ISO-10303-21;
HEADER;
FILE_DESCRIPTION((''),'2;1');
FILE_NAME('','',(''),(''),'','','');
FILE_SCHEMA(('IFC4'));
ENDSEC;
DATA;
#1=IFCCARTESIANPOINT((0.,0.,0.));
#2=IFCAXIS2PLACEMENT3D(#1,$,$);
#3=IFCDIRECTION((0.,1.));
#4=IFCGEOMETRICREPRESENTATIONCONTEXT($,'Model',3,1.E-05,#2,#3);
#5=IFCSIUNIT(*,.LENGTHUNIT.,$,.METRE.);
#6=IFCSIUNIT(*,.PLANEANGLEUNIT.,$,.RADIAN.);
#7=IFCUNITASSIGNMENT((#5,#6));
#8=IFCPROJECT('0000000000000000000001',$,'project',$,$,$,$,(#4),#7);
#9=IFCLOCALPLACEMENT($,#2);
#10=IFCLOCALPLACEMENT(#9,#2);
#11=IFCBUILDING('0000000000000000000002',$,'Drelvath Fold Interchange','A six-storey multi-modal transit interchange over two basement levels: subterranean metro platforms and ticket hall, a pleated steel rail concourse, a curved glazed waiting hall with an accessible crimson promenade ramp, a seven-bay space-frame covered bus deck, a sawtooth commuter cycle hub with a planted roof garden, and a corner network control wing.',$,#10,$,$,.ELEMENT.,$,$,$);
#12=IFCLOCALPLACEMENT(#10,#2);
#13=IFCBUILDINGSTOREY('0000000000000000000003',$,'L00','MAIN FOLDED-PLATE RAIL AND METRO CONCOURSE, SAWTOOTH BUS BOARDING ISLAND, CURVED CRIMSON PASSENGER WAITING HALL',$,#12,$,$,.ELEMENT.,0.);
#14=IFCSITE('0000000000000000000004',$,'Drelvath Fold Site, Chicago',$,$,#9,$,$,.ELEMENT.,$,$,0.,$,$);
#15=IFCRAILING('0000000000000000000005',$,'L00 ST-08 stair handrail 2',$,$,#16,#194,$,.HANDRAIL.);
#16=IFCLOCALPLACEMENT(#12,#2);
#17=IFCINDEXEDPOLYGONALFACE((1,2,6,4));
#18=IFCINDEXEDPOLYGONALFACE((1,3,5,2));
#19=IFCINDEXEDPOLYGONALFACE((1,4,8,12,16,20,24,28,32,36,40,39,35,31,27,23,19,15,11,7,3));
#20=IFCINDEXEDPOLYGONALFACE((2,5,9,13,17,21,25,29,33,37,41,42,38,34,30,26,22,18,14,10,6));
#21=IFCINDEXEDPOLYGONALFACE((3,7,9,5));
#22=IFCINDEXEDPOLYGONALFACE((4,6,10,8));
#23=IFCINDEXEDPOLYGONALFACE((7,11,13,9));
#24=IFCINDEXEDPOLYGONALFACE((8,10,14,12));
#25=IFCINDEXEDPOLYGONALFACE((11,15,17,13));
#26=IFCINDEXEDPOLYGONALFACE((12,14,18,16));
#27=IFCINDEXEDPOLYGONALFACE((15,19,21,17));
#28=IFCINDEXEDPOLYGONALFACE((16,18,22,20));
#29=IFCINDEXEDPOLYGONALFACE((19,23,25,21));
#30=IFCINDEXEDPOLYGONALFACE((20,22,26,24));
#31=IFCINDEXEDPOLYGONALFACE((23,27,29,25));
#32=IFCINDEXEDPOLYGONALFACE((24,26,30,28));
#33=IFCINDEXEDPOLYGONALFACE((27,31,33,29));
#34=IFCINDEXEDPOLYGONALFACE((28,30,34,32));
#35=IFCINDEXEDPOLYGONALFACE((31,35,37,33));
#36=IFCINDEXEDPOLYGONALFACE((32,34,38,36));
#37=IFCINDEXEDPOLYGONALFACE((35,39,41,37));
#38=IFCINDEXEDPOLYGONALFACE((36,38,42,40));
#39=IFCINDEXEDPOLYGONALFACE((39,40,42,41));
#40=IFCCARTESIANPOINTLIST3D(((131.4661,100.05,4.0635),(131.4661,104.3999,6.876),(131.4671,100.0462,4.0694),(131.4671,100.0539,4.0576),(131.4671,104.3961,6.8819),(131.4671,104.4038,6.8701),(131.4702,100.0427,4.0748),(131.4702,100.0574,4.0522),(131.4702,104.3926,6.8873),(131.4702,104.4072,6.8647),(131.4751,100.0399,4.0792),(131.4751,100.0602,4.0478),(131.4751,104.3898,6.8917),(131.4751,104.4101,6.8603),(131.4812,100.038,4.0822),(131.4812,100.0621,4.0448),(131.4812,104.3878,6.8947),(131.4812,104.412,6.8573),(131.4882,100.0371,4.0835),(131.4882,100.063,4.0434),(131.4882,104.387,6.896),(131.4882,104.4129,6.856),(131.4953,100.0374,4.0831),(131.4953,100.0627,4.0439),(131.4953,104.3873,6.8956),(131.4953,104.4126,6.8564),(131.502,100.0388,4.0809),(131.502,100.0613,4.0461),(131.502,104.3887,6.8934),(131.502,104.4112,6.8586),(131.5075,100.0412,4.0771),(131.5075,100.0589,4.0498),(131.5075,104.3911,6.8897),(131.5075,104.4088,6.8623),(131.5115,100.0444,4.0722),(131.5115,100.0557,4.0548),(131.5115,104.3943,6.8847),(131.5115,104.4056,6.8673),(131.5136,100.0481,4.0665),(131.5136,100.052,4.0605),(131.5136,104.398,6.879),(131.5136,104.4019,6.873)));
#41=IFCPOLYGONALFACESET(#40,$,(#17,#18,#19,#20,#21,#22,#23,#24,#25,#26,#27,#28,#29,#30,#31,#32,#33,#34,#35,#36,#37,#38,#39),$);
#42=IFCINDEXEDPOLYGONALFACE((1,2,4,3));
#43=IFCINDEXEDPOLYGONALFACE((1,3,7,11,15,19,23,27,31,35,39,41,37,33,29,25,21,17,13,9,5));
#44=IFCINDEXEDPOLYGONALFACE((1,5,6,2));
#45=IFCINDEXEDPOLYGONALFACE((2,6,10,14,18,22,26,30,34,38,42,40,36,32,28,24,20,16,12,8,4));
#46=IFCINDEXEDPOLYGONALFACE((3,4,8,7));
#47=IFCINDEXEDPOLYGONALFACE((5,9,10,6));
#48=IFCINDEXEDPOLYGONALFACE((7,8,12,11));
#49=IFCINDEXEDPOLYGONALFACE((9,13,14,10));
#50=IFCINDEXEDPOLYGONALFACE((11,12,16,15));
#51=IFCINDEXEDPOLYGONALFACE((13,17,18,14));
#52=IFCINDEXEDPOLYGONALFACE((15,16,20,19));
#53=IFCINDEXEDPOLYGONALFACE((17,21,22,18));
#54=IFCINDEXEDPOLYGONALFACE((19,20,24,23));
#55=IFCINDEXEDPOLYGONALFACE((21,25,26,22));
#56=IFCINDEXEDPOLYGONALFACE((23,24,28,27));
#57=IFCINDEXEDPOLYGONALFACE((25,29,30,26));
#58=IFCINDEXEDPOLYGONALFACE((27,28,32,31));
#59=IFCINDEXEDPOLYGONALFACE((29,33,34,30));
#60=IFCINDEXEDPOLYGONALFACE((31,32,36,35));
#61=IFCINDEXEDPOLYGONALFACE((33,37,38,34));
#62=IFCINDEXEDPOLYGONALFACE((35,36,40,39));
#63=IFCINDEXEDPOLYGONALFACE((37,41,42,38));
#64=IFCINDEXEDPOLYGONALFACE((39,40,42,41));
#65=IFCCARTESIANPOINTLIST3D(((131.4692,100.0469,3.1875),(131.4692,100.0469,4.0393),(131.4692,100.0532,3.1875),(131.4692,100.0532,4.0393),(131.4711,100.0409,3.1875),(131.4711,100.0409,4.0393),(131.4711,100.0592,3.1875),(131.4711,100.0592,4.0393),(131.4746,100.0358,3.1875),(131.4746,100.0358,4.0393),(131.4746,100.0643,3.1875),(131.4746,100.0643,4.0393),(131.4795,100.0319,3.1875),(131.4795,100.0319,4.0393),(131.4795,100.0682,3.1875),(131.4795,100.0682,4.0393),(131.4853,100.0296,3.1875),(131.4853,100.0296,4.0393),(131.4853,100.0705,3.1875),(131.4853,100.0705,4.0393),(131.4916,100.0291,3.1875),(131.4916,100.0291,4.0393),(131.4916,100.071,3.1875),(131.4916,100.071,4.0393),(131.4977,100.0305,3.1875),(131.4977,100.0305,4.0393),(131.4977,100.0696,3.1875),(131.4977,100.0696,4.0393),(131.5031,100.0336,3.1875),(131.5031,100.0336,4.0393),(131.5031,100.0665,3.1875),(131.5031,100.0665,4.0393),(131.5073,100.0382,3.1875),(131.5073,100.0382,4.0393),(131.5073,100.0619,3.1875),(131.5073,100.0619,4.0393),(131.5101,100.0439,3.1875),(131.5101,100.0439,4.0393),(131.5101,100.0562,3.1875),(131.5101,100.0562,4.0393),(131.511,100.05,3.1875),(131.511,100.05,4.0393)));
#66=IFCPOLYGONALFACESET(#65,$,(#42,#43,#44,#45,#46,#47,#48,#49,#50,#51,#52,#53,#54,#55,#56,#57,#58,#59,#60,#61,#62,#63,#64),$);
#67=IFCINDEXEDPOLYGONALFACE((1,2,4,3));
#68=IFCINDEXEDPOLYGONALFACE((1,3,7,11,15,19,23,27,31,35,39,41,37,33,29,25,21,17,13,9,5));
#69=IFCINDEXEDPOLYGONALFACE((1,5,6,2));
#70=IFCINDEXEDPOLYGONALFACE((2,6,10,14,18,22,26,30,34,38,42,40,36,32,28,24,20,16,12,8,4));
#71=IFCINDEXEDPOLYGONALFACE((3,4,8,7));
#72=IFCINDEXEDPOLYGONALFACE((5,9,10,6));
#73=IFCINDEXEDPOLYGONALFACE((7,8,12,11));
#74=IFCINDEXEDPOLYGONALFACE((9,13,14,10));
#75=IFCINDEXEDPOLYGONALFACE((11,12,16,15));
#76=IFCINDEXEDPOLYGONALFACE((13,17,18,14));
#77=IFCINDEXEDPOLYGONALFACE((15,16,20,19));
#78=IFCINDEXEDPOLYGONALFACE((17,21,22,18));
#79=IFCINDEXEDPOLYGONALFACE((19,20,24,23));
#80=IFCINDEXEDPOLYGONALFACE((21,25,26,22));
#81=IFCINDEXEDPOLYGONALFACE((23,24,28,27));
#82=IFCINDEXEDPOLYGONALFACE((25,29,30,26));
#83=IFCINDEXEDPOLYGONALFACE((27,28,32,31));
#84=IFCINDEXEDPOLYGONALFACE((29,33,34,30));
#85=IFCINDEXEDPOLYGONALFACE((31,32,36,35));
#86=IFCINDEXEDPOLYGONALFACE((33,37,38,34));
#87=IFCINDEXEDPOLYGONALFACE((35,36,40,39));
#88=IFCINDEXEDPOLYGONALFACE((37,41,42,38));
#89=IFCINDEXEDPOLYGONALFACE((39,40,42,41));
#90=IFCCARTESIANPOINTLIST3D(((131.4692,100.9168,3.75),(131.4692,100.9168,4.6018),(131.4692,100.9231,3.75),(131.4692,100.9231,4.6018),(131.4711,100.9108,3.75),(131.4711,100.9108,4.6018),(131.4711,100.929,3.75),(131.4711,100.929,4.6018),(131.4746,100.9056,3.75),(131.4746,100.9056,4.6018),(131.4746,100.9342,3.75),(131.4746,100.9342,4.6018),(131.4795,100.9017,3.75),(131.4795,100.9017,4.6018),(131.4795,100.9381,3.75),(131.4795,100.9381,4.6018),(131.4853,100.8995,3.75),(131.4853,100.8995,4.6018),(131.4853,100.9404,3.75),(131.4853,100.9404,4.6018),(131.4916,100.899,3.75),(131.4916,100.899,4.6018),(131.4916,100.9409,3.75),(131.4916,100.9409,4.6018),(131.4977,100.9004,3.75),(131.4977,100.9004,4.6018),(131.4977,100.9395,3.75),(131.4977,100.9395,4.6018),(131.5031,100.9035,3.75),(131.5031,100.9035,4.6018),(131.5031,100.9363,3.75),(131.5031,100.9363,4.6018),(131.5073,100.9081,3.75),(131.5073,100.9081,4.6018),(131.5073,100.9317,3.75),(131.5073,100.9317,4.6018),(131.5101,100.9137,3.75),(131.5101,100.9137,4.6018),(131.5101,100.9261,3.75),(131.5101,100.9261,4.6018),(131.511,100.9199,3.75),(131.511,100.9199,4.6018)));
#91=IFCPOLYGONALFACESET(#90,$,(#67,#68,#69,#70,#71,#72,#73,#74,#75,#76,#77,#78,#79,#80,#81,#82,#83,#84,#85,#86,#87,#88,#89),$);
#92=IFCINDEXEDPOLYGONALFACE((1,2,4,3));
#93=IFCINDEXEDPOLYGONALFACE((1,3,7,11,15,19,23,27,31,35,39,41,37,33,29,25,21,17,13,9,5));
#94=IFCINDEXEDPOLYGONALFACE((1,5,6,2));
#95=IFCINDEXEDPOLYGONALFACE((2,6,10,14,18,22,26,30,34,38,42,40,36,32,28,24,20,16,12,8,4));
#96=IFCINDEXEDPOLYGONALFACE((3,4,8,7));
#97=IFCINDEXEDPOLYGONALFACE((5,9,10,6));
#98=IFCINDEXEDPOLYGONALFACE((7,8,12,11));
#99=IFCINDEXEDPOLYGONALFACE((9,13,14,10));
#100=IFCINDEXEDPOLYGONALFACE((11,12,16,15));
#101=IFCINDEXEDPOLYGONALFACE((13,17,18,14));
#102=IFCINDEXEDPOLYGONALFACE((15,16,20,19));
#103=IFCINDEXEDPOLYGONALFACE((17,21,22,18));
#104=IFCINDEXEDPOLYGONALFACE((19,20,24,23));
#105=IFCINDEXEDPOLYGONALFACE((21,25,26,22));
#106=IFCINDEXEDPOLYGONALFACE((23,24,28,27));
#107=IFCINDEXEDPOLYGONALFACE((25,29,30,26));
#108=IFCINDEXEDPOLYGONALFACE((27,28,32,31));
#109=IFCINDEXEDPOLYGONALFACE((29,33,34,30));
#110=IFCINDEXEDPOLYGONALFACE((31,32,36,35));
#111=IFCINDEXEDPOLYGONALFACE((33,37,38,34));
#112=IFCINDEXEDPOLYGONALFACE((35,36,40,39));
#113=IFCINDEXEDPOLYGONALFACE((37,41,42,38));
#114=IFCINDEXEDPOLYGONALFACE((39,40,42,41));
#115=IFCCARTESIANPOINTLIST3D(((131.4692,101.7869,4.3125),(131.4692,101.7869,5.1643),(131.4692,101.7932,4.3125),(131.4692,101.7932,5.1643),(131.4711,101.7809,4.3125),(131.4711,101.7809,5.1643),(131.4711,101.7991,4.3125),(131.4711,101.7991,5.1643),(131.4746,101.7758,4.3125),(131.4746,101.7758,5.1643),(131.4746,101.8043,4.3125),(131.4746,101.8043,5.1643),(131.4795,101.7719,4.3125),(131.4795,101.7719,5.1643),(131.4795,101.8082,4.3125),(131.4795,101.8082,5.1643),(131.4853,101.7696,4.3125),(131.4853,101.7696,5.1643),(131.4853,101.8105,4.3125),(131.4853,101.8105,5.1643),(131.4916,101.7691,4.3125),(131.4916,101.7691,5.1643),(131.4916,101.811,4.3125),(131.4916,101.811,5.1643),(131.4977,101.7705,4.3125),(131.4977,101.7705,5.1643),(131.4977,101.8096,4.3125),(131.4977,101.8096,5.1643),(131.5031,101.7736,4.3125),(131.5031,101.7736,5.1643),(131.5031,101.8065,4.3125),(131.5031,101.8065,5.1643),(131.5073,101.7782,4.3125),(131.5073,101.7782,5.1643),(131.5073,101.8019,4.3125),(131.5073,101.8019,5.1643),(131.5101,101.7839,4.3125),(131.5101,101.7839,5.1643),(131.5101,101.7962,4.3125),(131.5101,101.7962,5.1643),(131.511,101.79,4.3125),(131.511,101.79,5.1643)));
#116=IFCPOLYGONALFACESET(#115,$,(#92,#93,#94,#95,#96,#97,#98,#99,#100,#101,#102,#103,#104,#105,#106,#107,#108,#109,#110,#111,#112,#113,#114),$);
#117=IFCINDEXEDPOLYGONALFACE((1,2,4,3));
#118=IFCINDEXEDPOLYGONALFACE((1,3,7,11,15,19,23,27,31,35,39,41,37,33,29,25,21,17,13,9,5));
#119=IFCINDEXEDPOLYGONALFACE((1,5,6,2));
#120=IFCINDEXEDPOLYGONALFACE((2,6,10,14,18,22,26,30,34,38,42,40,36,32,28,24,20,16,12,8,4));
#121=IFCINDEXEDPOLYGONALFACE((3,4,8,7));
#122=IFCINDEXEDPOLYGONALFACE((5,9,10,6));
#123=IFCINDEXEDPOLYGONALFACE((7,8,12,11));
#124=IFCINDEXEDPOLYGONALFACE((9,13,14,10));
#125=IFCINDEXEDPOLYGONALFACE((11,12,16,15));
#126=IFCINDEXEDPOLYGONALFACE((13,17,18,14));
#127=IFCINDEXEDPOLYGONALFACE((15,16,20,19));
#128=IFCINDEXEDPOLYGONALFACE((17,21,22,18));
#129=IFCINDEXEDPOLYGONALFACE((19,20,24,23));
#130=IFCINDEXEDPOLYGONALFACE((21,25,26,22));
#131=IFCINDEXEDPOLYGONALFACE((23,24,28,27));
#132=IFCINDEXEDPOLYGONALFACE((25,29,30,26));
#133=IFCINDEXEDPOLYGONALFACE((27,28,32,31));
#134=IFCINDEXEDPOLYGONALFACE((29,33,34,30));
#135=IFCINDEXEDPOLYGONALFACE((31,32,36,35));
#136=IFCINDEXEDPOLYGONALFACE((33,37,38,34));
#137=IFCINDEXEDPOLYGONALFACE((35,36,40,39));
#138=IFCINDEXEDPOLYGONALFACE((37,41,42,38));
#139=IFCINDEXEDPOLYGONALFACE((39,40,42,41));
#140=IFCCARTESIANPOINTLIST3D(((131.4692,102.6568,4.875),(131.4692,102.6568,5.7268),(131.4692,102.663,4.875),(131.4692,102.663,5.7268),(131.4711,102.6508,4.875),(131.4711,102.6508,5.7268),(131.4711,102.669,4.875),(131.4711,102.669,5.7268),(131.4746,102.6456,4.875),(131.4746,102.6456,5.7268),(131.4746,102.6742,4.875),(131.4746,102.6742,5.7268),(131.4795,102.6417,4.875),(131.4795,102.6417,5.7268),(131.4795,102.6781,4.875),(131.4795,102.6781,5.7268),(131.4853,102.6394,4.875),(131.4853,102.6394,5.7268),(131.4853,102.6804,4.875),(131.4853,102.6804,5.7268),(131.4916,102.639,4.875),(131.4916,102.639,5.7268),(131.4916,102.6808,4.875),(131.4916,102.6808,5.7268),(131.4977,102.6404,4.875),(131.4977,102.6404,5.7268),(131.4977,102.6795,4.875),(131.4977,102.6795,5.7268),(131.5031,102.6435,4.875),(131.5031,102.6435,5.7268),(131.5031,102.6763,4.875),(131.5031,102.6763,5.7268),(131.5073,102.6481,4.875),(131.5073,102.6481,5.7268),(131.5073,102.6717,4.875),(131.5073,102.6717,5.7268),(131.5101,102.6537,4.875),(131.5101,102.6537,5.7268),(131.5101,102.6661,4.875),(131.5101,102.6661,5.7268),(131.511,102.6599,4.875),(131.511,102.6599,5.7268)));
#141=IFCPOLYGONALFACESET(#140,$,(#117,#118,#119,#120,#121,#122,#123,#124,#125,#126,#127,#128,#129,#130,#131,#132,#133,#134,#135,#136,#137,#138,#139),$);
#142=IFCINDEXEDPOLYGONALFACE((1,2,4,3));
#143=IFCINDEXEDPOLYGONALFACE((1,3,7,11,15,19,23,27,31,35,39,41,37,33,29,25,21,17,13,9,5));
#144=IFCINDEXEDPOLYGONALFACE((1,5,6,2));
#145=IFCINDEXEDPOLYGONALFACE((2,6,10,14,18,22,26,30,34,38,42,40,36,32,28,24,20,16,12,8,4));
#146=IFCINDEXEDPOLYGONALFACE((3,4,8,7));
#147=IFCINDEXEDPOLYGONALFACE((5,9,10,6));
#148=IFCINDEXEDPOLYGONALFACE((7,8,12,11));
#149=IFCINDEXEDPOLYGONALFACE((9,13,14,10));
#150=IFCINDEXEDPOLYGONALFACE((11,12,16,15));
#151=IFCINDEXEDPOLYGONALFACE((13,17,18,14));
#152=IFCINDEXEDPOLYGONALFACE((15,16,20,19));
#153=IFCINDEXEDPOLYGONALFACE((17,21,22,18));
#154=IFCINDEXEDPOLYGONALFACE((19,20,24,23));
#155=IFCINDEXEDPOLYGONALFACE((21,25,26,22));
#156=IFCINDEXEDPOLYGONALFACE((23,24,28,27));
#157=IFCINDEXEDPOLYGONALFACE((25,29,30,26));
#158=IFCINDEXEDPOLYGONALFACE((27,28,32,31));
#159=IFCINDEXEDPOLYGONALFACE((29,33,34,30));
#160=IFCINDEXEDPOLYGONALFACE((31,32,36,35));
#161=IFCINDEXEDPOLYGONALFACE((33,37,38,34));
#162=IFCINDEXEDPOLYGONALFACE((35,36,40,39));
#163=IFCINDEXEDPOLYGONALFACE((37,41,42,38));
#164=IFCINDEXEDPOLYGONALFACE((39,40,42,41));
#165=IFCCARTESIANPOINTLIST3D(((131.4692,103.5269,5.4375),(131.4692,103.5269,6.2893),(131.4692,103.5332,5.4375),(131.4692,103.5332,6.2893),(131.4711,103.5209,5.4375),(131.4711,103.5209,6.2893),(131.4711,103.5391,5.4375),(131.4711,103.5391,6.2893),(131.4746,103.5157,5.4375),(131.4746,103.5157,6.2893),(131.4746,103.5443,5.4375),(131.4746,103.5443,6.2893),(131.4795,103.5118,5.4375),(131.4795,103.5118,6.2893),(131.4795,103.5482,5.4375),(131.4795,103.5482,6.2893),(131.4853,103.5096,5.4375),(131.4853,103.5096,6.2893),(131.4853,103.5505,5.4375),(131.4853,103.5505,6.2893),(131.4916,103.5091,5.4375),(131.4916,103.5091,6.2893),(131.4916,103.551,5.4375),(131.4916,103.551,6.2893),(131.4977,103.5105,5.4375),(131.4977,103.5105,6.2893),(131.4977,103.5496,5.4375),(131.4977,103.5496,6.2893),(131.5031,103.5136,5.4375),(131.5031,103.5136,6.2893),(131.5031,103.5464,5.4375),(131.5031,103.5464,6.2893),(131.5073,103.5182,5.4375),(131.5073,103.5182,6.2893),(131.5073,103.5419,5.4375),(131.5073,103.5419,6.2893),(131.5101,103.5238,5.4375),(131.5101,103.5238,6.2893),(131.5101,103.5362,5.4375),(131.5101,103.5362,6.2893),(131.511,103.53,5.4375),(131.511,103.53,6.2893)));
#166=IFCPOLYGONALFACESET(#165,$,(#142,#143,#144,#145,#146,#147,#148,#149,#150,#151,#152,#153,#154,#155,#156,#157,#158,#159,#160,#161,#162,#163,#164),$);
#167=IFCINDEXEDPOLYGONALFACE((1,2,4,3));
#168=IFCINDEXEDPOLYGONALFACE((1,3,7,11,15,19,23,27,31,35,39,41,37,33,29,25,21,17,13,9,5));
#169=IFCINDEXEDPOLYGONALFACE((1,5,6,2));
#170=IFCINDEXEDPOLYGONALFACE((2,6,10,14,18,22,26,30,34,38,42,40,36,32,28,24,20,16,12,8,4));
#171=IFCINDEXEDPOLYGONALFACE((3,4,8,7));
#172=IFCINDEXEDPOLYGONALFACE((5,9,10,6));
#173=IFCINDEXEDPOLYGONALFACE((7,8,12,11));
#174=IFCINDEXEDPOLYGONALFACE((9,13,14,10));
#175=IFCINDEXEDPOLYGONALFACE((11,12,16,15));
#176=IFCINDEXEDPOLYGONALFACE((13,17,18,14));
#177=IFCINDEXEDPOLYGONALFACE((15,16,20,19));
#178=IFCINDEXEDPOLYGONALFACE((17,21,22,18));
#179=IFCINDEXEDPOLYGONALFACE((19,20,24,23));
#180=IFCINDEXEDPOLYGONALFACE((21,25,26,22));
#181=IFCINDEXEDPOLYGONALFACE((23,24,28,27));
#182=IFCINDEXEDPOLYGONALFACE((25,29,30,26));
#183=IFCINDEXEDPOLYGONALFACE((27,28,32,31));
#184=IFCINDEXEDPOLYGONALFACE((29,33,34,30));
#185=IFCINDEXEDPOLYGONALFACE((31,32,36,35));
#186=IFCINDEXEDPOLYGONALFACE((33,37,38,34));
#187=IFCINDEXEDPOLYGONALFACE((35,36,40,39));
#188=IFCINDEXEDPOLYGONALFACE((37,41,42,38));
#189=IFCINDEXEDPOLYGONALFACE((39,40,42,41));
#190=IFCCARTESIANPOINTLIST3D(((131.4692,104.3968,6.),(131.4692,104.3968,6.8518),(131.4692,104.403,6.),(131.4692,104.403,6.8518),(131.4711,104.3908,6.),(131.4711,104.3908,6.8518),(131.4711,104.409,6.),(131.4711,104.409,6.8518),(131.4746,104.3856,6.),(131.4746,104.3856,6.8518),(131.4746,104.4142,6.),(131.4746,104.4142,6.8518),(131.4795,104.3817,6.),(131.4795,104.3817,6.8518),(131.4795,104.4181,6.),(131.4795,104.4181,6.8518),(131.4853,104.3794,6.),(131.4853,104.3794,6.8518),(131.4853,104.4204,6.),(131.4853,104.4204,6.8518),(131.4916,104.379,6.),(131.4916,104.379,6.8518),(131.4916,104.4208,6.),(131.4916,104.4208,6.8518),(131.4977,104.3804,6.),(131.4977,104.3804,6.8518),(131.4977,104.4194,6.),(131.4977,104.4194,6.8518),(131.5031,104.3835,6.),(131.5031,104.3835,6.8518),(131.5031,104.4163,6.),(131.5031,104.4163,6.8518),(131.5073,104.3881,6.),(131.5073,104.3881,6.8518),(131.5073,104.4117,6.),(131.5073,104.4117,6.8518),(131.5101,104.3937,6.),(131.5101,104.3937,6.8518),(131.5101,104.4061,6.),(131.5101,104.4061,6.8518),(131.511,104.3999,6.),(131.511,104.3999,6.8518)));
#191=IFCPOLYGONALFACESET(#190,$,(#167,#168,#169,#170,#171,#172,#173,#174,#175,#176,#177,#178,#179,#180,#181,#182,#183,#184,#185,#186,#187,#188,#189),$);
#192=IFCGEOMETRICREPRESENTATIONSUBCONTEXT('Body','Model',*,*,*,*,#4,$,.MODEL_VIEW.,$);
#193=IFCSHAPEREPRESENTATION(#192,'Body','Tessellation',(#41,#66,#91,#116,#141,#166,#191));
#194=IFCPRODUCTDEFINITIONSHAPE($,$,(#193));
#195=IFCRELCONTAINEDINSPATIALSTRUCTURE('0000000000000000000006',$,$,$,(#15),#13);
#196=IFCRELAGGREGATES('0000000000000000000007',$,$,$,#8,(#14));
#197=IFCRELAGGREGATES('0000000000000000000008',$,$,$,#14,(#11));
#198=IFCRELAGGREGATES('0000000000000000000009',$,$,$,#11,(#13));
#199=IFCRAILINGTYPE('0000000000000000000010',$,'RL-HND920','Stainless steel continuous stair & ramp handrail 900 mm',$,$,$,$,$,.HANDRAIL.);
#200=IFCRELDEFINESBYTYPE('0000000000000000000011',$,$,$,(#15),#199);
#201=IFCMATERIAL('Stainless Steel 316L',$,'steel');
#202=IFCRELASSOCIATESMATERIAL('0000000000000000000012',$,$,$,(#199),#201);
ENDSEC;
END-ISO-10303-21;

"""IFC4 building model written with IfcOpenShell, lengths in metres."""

from ifc_helpers import new_model, si_unit, direction, frame, origin, origin_2d, place, context, subcontext, project, spatial, circle, extrude, material, type_object, element, save


model = new_model("IFC4")

# Units and contexts
model_context = context("Model", 3, precision=1e-05, world=origin(), true_north=direction((0.0, 1.0)))
body_context = subcontext(model_context, "Body", "Model", "MODEL_VIEW")
ifc_project = project(units=[si_unit("LENGTHUNIT", "METRE"), si_unit("PLANEANGLEUNIT", "RADIAN")], contexts=[model_context])

# Site, building, storey
site_placement = place(None, origin())
site = spatial("IfcSite", under=ifc_project, at=site_placement, Name="Drelvath Fold Site, Chicago", CompositionType="ELEMENT", RefElevation=0.0)
building_placement = place(site_placement, origin())
building = spatial("IfcBuilding", under=site, at=building_placement, Name="Drelvath Fold Interchange", Description="A six-storey multi-modal transit interchange over two basement levels: subterranean metro platforms and ticket hall, a pleated steel rail concourse, a curved glazed waiting hall with an accessible crimson promenade ramp, a seven-bay space-frame covered bus deck, a sawtooth commuter cycle hub with a planted roof garden, and a corner network control wing.", CompositionType="ELEMENT")
storey_placement = place(building_placement, origin())
storey = spatial("IfcBuildingStorey", under=building, at=storey_placement, Name="L00", Description="MAIN FOLDED-PLATE RAIL AND METRO CONCOURSE, SAWTOOTH BUS BOARDING ISLAND, CURVED CRIMSON PASSENGER WAITING HALL", CompositionType="ELEMENT", Elevation=0.0)

# Railing
ifc_material_1 = material(Name="Stainless Steel 316L", Category="steel")
railing_type_1 = type_object("IfcRailingType", Name="RL-HND920", Description="Stainless steel continuous stair & ramp handrail 900 mm", PredefinedType="HANDRAIL", material=ifc_material_1)
railing_1_placement = place(storey_placement, frame((131.49, 100.05, 3.1875)))
element("IfcRailing", 1, at=railing_1_placement, inside=storey, type_object=railing_type_1, Name="L00 ST-08 stair handrail 2", PredefinedType="HANDRAIL", context=body_context, shape_type="SweptSolid", body=[
    extrude(circle(Radius=0.0239, at=origin_2d()), frame((0.0, 0.0, 0.876), z_axis=(0.0, 0.839756, 0.542964), x_axis=(-1.0, 0.0, 0.0)), (0.0, 0.0, 1.0), 5.1799),
    extrude(circle(Radius=0.021, at=origin_2d()), origin(), (0.0, 0.0, 1.0), 0.8518),
    extrude(circle(Radius=0.021, at=origin_2d()), frame((0.0, 0.8699, 0.5625)), (0.0, 0.0, 1.0), 0.8518),
    extrude(circle(Radius=0.021, at=origin_2d()), frame((0.0, 1.74, 1.125)), (0.0, 0.0, 1.0), 0.8518),
    extrude(circle(Radius=0.021, at=origin_2d()), frame((0.0, 2.6099, 1.6875)), (0.0, 0.0, 1.0), 0.8518),
    extrude(circle(Radius=0.021, at=origin_2d()), frame((0.0, 3.48, 2.25)), (0.0, 0.0, 1.0), 0.8518),
    extrude(circle(Radius=0.021, at=origin_2d()), frame((0.0, 4.3499, 2.8125)), (0.0, 0.0, 1.0), 0.8518),
])

save(model, "model.ifc")
